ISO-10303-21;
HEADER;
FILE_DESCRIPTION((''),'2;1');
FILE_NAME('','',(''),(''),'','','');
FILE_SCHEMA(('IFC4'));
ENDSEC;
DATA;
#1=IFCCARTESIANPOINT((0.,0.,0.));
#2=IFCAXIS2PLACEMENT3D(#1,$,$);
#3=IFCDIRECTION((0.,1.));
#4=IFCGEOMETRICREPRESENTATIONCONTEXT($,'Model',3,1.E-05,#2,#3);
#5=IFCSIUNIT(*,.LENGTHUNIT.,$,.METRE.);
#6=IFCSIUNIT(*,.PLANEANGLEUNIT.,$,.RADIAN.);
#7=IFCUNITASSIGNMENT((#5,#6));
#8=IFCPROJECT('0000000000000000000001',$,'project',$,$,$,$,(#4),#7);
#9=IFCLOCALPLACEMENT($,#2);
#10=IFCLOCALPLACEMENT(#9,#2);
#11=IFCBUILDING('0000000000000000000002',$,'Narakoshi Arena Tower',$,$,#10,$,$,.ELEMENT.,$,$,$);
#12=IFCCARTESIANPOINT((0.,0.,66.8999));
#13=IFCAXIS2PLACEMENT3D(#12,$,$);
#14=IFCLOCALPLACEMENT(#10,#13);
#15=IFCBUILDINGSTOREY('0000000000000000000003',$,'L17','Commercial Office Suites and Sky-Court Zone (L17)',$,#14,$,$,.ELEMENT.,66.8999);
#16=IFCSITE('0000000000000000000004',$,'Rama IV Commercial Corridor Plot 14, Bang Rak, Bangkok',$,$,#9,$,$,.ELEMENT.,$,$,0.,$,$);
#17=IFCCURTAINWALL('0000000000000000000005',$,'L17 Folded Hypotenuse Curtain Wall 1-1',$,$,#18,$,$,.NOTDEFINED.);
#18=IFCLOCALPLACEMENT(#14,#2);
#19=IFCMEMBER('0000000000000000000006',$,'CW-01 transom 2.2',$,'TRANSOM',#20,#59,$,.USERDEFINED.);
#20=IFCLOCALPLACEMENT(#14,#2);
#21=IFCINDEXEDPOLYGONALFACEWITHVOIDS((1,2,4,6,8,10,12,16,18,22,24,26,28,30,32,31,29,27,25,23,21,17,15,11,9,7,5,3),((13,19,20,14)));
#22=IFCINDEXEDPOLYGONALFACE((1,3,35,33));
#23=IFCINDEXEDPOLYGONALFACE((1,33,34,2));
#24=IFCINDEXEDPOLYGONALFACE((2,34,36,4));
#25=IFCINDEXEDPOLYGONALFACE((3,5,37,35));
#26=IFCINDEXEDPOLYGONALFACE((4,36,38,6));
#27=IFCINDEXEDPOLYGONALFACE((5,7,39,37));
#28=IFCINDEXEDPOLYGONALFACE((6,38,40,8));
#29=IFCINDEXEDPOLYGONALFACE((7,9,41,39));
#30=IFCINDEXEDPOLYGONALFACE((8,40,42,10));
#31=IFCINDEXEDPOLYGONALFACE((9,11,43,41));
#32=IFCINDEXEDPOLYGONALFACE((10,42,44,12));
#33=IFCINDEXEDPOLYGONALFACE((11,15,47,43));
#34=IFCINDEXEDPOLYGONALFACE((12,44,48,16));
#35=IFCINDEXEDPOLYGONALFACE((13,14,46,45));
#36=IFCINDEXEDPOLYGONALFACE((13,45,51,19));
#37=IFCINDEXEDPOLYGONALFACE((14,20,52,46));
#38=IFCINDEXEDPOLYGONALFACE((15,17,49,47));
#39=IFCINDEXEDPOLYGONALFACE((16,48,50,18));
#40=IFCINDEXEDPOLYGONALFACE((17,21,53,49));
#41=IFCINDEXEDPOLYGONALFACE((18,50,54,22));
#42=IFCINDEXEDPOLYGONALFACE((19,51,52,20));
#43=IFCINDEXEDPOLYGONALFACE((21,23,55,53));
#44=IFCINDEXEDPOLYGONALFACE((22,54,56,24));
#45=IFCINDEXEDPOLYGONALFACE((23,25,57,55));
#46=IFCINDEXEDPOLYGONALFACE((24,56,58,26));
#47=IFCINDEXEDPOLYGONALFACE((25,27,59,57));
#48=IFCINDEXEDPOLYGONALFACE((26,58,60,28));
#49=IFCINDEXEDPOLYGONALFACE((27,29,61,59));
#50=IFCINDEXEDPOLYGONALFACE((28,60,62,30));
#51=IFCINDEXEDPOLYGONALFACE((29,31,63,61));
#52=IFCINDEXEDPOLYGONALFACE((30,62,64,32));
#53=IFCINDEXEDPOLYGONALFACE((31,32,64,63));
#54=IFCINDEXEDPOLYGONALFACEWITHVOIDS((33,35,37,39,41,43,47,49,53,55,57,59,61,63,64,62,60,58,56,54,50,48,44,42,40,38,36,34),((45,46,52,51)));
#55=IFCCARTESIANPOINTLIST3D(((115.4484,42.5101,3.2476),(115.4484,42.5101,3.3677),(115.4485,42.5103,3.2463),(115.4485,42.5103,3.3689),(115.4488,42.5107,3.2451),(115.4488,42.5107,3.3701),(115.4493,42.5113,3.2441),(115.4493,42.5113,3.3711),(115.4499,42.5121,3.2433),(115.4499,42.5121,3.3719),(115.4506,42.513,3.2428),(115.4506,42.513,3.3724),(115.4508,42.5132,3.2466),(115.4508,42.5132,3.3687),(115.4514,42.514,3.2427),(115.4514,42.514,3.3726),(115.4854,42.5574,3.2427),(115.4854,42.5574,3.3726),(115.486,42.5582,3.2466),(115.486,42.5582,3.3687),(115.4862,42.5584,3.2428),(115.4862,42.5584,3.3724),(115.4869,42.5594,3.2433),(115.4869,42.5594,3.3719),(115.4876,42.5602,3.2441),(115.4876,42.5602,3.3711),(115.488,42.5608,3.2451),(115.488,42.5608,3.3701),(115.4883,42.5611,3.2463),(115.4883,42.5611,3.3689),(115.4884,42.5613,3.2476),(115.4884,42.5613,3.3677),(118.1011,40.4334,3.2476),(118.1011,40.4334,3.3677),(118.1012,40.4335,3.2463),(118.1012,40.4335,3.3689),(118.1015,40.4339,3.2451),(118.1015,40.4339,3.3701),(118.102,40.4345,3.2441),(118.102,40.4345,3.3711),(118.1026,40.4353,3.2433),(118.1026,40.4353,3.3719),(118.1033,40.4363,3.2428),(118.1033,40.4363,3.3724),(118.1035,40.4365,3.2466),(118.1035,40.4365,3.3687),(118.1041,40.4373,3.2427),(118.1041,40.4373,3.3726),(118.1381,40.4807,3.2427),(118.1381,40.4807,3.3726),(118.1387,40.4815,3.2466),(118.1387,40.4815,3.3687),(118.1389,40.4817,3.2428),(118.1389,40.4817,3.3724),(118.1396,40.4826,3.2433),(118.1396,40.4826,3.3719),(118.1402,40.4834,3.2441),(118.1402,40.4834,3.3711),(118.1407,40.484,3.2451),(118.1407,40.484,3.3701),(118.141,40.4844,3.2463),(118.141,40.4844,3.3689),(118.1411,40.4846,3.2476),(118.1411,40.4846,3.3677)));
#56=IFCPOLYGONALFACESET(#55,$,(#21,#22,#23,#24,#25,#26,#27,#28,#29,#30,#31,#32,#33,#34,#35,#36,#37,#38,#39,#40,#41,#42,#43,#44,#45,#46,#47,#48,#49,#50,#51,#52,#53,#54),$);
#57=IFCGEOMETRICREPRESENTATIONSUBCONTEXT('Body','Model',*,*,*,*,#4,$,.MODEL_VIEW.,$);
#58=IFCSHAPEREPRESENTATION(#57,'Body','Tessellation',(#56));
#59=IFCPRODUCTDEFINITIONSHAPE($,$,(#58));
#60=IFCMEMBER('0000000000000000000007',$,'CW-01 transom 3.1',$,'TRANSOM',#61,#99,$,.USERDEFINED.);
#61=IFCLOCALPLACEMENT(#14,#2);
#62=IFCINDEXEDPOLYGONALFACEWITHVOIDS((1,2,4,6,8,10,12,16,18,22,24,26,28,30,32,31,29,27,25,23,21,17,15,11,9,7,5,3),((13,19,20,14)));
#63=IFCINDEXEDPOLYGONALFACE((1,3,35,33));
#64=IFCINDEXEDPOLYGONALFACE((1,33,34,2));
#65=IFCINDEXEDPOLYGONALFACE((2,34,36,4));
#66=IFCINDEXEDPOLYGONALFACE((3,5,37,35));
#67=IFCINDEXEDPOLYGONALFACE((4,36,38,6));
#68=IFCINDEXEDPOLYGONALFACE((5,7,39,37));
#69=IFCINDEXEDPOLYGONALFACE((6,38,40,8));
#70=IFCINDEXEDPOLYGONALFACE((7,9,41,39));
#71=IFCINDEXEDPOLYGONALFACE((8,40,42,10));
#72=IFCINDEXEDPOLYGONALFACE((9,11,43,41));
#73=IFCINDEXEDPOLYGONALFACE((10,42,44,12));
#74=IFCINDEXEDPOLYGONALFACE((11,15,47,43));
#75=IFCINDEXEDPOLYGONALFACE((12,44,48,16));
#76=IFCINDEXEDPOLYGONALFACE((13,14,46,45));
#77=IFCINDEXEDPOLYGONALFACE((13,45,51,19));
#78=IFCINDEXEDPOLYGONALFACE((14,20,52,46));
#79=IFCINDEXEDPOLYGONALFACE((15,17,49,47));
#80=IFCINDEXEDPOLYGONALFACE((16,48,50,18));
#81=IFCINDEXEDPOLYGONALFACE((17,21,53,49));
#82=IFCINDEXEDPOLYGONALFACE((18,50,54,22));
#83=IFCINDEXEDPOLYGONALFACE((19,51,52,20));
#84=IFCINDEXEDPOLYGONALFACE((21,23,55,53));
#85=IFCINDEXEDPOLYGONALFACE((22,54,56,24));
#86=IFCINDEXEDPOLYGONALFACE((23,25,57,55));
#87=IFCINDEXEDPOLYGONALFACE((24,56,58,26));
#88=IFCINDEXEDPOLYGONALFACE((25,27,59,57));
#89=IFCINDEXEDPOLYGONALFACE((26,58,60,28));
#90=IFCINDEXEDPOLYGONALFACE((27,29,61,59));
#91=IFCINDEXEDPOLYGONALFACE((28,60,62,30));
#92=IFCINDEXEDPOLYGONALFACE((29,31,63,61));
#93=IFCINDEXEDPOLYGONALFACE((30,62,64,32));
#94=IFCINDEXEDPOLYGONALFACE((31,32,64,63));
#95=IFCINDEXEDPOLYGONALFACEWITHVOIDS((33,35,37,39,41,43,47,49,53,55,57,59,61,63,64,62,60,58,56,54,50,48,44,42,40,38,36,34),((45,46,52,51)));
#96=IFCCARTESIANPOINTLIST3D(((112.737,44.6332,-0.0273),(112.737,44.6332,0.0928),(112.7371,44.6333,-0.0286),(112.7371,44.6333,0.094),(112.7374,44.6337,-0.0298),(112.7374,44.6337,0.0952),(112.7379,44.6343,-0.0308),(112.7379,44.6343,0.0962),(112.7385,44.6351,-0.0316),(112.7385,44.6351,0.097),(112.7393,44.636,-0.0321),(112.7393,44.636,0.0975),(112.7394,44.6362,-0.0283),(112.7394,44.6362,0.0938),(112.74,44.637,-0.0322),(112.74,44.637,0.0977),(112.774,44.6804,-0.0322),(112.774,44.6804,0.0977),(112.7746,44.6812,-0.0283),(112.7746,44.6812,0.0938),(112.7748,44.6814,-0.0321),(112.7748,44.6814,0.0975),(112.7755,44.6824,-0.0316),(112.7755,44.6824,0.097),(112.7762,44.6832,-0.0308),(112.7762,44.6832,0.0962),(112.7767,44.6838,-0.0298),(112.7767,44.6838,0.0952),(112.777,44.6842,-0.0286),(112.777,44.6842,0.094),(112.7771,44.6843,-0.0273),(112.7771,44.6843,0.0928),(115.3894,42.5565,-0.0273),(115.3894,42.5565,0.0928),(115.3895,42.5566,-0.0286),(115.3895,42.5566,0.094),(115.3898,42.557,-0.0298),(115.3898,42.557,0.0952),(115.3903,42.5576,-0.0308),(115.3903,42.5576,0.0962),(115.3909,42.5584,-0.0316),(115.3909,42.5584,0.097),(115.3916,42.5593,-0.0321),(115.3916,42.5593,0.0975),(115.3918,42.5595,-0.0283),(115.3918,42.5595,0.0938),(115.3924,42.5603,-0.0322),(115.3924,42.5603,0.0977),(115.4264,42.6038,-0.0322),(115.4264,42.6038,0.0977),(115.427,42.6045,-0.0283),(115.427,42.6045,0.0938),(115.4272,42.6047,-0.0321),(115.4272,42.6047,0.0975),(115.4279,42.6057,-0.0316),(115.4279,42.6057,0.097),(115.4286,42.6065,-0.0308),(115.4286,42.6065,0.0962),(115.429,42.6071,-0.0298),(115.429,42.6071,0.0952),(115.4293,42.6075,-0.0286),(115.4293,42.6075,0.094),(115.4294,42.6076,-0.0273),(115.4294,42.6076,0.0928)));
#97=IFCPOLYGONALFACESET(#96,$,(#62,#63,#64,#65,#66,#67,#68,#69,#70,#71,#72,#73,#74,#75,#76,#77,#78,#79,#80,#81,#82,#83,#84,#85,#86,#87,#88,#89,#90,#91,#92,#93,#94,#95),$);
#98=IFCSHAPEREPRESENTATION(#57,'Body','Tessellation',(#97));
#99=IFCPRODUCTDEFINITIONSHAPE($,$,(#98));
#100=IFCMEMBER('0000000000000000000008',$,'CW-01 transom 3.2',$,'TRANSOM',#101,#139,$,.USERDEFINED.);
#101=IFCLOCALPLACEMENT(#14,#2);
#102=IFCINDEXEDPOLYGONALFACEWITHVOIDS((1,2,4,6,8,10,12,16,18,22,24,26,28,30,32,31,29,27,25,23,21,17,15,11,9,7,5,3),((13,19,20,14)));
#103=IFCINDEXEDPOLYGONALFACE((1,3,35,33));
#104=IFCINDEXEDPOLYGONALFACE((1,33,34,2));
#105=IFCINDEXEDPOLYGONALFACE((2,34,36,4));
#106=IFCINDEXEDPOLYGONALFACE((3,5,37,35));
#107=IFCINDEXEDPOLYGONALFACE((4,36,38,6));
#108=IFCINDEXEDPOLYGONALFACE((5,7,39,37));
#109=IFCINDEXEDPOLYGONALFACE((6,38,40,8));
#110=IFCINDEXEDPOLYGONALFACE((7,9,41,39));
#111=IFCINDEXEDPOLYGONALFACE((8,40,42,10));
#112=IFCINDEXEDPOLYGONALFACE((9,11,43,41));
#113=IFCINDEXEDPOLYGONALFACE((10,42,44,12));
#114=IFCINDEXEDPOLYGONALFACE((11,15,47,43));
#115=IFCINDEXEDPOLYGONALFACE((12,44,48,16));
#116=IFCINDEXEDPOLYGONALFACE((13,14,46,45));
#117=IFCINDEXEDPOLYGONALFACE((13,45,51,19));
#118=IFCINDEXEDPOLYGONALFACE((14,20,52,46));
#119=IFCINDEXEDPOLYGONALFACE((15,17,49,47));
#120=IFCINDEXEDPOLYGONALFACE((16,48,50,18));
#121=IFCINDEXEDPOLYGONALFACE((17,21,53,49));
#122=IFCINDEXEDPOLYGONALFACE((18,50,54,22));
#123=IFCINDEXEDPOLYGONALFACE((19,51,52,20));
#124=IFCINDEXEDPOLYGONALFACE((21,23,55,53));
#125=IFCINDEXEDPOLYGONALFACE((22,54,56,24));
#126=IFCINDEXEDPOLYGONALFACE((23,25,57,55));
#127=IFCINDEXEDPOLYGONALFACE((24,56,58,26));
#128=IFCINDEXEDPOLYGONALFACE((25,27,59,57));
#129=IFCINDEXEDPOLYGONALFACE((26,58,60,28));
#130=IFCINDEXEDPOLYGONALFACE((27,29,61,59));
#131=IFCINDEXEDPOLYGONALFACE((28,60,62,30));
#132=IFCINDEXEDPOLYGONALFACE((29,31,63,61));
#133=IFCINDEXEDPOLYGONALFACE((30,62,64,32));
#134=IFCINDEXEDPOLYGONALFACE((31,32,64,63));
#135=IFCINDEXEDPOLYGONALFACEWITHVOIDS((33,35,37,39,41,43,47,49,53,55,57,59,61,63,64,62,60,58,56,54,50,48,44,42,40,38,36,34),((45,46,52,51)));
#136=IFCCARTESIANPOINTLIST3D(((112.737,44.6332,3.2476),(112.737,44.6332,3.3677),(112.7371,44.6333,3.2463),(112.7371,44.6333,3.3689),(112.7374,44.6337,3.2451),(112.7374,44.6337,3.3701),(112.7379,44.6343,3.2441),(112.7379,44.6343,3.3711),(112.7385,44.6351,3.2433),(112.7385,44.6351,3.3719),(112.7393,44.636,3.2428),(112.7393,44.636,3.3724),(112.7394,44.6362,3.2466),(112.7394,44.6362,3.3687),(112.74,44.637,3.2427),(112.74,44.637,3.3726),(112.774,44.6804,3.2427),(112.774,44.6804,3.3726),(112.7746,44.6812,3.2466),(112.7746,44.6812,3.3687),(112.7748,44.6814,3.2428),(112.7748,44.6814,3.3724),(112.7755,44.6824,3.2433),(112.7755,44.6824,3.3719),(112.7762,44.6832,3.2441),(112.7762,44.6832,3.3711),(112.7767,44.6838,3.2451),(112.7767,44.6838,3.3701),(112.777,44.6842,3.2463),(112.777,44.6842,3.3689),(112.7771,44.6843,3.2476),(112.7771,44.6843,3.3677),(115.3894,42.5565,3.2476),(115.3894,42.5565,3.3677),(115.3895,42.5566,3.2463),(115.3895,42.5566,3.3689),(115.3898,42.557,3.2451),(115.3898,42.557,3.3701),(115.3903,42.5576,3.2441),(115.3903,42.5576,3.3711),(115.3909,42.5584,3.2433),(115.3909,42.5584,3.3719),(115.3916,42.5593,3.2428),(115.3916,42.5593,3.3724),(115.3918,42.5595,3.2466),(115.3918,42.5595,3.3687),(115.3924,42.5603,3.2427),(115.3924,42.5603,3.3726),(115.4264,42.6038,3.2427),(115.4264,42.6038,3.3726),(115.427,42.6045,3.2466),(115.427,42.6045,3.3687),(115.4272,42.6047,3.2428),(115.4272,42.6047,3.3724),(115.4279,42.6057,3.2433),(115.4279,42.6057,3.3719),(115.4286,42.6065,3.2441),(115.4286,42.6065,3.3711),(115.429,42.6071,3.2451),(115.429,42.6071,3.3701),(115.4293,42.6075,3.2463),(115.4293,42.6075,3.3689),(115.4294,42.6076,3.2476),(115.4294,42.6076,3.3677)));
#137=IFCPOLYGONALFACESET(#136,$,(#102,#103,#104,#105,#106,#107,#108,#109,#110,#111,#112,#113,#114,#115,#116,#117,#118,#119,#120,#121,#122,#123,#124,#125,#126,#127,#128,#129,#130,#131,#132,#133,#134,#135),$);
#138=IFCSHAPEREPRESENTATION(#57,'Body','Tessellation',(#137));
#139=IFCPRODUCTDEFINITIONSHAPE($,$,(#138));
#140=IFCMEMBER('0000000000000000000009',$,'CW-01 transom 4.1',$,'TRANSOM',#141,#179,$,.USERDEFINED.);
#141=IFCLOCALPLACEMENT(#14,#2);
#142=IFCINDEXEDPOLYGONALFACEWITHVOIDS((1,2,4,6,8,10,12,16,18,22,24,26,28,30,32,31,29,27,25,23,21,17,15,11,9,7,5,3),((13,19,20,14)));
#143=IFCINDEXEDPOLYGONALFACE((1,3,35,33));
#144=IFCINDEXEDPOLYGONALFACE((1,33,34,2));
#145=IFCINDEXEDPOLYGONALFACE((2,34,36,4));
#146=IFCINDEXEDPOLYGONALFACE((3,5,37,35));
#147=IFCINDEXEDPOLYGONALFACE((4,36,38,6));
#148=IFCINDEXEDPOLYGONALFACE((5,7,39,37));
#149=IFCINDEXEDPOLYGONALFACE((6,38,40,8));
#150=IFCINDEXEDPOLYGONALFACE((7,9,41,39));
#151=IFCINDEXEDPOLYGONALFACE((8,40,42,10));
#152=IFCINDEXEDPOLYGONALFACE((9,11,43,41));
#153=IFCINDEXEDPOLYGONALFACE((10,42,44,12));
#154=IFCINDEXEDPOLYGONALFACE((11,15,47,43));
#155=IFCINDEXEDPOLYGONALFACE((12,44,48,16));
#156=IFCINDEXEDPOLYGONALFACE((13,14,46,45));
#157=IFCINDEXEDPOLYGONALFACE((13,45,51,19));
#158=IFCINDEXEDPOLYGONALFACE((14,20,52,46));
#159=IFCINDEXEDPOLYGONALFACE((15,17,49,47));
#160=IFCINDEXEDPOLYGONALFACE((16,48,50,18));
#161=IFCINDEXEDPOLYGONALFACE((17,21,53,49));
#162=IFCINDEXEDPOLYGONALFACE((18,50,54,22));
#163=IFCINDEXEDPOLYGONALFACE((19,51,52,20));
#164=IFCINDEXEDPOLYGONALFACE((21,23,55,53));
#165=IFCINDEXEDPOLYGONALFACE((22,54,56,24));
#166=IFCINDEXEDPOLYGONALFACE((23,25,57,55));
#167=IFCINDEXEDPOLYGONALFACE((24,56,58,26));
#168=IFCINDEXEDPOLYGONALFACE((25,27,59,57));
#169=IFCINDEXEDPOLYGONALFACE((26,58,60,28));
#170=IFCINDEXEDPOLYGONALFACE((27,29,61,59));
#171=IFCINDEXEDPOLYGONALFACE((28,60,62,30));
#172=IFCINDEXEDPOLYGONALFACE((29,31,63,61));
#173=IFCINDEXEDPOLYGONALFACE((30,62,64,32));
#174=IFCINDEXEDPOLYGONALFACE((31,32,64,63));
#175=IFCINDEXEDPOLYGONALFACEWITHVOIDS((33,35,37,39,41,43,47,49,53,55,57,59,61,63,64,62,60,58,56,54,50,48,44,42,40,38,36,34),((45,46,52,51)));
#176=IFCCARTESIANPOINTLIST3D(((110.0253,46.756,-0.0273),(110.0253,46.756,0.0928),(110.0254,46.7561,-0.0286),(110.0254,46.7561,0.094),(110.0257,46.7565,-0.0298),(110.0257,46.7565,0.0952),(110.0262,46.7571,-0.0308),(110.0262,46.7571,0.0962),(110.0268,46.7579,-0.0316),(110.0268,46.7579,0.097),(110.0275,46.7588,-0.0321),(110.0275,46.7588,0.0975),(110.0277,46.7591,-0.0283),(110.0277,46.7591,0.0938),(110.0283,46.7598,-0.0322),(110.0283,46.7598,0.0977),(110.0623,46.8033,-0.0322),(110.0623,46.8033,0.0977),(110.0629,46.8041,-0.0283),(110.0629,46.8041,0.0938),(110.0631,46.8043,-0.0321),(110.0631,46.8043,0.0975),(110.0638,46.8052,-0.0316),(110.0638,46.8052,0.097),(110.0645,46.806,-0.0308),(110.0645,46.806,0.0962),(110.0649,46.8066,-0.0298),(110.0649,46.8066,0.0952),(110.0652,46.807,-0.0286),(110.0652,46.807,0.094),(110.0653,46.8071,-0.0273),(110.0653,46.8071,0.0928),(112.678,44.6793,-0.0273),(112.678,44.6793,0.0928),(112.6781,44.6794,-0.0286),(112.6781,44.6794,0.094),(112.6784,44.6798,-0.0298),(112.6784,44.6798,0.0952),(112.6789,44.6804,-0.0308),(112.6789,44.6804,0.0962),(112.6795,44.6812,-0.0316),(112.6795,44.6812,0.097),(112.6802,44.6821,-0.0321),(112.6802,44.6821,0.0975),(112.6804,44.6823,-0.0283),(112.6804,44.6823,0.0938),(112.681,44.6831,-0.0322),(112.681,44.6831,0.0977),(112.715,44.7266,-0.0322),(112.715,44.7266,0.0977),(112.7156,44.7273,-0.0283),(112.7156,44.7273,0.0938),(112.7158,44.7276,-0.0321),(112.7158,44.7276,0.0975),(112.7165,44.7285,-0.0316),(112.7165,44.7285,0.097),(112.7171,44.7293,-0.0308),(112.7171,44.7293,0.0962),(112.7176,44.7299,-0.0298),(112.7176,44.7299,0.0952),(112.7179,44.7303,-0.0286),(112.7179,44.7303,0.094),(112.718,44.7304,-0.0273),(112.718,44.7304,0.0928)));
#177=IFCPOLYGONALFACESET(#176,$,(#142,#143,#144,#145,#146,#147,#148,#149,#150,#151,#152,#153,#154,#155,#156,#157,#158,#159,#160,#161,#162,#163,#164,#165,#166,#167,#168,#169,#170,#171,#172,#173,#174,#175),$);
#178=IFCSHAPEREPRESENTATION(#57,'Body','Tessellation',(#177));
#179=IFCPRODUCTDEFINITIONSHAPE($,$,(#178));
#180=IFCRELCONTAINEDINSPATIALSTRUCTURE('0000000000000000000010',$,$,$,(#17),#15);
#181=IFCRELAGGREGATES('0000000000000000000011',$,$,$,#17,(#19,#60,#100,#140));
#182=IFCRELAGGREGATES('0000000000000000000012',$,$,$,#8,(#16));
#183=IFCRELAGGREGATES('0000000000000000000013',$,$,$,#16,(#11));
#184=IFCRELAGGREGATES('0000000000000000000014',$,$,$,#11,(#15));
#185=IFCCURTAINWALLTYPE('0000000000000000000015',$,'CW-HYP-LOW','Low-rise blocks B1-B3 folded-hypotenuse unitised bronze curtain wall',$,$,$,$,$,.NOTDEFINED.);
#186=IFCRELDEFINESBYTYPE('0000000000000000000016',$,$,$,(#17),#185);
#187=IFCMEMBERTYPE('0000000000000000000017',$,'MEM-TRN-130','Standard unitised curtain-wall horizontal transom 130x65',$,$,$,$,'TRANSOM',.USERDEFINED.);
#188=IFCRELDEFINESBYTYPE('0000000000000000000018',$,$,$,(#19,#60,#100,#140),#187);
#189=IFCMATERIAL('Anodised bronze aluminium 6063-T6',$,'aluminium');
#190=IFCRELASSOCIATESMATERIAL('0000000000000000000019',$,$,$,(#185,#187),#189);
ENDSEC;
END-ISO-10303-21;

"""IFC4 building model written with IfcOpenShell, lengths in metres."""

from ifc_helpers import new_model, si_unit, direction, frame, origin, origin_2d, place, context, subcontext, project, spatial, hollow_rectangle, extrude, material, material_profile, profile_set, type_object, element, aggregate, save


model = new_model("IFC4")

# Units and contexts
model_context = context("Model", 3, precision=1e-05, world=origin(), true_north=direction((0.0, 1.0)))
body_context = subcontext(model_context, "Body", "Model", "MODEL_VIEW")
ifc_project = project(units=[si_unit("LENGTHUNIT", "METRE"), si_unit("PLANEANGLEUNIT", "RADIAN")], contexts=[model_context])

# Site, building, storey
site_placement = place(None, origin())
site = spatial("IfcSite", under=ifc_project, at=site_placement, Name="Rama IV Commercial Corridor Plot 14, Bang Rak, Bangkok", CompositionType="ELEMENT", RefElevation=0.0)
building_placement = place(site_placement, origin())
building = spatial("IfcBuilding", under=site, at=building_placement, Name="Narakoshi Arena Tower", CompositionType="ELEMENT")
storey_placement = place(building_placement, frame((0.0, 0.0, 66.8999)))
storey = spatial("IfcBuildingStorey", under=building, at=storey_placement, Name="L17", Description="Commercial Office Suites and Sky-Court Zone (L17)", CompositionType="ELEMENT", Elevation=66.8999)

# Curtain wall, members
ifc_material_1 = material(Name="Anodised bronze aluminium 6063-T6", Category="aluminium")
curtain_wall_type = type_object("IfcCurtainWallType", Name="CW-HYP-LOW", Description="Low-rise blocks B1-B3 folded-hypotenuse unitised bronze curtain wall", PredefinedType="NOTDEFINED", material=ifc_material_1)
curtain_wall_placement = place(storey_placement, origin())
curtain_wall = element("IfcCurtainWall", 1, at=curtain_wall_placement, inside=storey, type_object=curtain_wall_type, Name="L17 Folded Hypotenuse Curtain Wall 1-1", PredefinedType="NOTDEFINED")
ifc_material_profile_1 = material_profile(ifc_material_1, hollow_rectangle(XDim=0.0649, YDim=0.1299, WallThickness=0.0039, OuterFilletRadius=0.0049, at=origin_2d()), Name="TRN130x65x4")
ifc_profile_set_1 = profile_set([ifc_material_profile_1], Name="Anodised bronze aluminium 6063-T6")
member_type_1 = type_object("IfcMemberType", Name="MEM-TRN-130", Description="Standard unitised curtain-wall horizontal transom 130x65", ElementType="TRANSOM", PredefinedType="USERDEFINED", material=ifc_profile_set_1)
member_1_placement = place(storey_placement, frame((118.1211, 40.459, 3.3076), z_axis=(-0.787401, 0.616441, 0.0), x_axis=(-0.616441, -0.787401, 0.0)))
member_1 = element("IfcMember", 2, at=member_1_placement, type_object=member_type_1, Name="CW-01 transom 2.2", ObjectType="TRANSOM", PredefinedType="USERDEFINED", context=body_context, shape_type="SweptSolid", body=[
    extrude(hollow_rectangle(XDim=0.0649, YDim=0.1299, WallThickness=0.0039, OuterFilletRadius=0.0049, at=origin_2d()), origin(), (0.0, 0.0, 1.0), 3.3689),
])
member_2_placement = place(storey_placement, frame((115.4094, 42.582, 0.0327), z_axis=(-0.787373, 0.616476, 0.0), x_axis=(-0.616476, -0.787373, 0.0)))
member_2 = element("IfcMember", 3, at=member_2_placement, type_object=member_type_1, Name="CW-01 transom 3.1", ObjectType="TRANSOM", PredefinedType="USERDEFINED", context=body_context, shape_type="SweptSolid", body=[
    extrude(hollow_rectangle(XDim=0.0649, YDim=0.1299, WallThickness=0.0039, OuterFilletRadius=0.0049, at=origin_2d()), origin(), (0.0, 0.0, 1.0), 3.3687),
])
member_3_placement = place(storey_placement, frame((115.4094, 42.582, 3.3076), z_axis=(-0.787373, 0.616476, 0.0), x_axis=(-0.616476, -0.787373, 0.0)))
member_3 = element("IfcMember", 4, at=member_3_placement, type_object=member_type_1, Name="CW-01 transom 3.2", ObjectType="TRANSOM", PredefinedType="USERDEFINED", context=body_context, shape_type="SweptSolid", body=[
    extrude(hollow_rectangle(XDim=0.0649, YDim=0.1299, WallThickness=0.0039, OuterFilletRadius=0.0049, at=origin_2d()), origin(), (0.0, 0.0, 1.0), 3.3687),
])
member_4_placement = place(storey_placement, frame((112.698, 44.7048, 0.0327), z_axis=(-0.787401, 0.616441, 0.0), x_axis=(-0.616441, -0.787401, 0.0)))
member_4 = element("IfcMember", 5, at=member_4_placement, type_object=member_type_1, Name="CW-01 transom 4.1", ObjectType="TRANSOM", PredefinedType="USERDEFINED", context=body_context, shape_type="SweptSolid", body=[
    extrude(hollow_rectangle(XDim=0.0649, YDim=0.1299, WallThickness=0.0039, OuterFilletRadius=0.0049, at=origin_2d()), origin(), (0.0, 0.0, 1.0), 3.3689),
])
aggregate(curtain_wall, [member_1, member_2, member_3, member_4])

save(model, "model.ifc")
